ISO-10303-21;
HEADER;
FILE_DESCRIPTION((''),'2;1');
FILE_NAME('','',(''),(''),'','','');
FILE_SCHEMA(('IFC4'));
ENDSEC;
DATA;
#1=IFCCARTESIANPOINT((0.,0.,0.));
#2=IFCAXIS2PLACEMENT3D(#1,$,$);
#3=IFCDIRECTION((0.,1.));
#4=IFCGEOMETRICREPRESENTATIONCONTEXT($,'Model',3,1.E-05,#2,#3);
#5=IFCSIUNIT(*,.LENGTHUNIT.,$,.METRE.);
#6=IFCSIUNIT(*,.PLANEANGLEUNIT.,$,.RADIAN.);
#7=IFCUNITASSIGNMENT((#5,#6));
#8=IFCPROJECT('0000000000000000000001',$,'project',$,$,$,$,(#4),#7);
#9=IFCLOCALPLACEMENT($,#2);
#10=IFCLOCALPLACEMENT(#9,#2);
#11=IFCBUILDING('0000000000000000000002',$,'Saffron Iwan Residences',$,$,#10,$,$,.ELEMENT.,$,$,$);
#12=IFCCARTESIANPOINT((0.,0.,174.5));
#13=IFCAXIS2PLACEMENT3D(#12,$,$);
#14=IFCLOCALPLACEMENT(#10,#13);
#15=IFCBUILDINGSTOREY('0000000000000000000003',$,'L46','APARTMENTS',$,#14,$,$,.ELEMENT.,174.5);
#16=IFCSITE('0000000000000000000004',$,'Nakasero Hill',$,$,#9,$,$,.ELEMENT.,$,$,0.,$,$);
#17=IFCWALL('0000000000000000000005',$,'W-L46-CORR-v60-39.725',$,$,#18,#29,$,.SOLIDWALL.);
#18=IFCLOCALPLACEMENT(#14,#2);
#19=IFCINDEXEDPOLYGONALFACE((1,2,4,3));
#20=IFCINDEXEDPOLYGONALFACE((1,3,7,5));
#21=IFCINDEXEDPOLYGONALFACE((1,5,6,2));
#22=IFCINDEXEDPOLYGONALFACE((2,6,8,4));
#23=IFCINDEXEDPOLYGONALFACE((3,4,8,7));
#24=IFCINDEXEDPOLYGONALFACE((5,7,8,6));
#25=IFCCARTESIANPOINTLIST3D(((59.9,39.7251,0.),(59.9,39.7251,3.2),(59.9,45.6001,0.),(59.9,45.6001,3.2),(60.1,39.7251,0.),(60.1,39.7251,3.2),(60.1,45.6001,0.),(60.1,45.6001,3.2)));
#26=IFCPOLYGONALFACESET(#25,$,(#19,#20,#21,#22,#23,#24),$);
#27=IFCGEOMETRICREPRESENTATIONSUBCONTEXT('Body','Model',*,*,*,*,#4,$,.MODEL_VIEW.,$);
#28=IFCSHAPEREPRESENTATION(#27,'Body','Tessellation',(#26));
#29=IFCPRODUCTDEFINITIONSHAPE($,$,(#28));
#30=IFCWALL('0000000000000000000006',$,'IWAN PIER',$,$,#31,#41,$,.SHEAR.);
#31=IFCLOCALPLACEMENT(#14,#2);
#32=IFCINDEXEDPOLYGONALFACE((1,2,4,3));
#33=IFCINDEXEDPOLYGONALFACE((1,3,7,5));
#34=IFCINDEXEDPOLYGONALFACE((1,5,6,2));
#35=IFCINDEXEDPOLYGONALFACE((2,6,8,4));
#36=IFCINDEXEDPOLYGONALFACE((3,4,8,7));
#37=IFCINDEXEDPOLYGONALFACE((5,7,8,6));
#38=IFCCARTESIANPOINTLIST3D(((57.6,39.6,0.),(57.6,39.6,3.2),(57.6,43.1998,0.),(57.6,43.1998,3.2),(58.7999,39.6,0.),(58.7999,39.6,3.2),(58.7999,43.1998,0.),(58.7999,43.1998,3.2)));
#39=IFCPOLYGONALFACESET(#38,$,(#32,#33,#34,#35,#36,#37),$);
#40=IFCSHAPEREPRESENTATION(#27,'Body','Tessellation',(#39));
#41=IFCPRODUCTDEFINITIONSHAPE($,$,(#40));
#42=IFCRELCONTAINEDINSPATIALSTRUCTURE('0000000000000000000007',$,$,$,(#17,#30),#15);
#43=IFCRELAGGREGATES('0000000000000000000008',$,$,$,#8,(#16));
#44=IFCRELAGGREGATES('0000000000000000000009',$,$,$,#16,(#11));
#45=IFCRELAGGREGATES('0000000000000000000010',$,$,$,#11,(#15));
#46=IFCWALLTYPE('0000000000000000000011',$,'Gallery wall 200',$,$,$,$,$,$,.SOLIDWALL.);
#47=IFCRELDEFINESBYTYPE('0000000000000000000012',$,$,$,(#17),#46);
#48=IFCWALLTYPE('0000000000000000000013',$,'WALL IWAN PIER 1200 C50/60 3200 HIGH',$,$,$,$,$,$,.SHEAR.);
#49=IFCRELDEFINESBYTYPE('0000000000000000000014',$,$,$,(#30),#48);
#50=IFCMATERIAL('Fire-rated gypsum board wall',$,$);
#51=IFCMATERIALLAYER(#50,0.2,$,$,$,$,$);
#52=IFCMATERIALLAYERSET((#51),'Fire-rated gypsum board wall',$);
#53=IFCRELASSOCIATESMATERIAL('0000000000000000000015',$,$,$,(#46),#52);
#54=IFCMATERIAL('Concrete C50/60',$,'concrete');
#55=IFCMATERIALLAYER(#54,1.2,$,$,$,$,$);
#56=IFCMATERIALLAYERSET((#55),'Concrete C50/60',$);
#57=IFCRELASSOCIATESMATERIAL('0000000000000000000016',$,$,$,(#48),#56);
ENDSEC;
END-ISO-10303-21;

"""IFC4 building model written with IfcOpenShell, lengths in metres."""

from ifc_helpers import new_model, si_unit, direction, frame, frame_2d, origin, place, context, subcontext, project, spatial, rectangle, extrude, material, layer, layer_set, type_object, element, save


model = new_model("IFC4")

# Units and contexts
model_context = context("Model", 3, precision=1e-05, world=origin(), true_north=direction((0.0, 1.0)))
body_context = subcontext(model_context, "Body", "Model", "MODEL_VIEW")
ifc_project = project(units=[si_unit("LENGTHUNIT", "METRE"), si_unit("PLANEANGLEUNIT", "RADIAN")], contexts=[model_context])

# Site, building, storey
site_placement = place(None, origin())
site = spatial("IfcSite", under=ifc_project, at=site_placement, Name="Nakasero Hill", CompositionType="ELEMENT", RefElevation=0.0)
building_placement = place(site_placement, origin())
building = spatial("IfcBuilding", under=site, at=building_placement, Name="Saffron Iwan Residences", CompositionType="ELEMENT")
storey_placement = place(building_placement, frame((0.0, 0.0, 174.5)))
storey = spatial("IfcBuildingStorey", under=building, at=storey_placement, Name="L46", Description="APARTMENTS", CompositionType="ELEMENT", Elevation=174.5)

# Shared definitions
ifc_material_1 = material(Name="Concrete C50/60", Category="concrete")

# Walls
ifc_material_2 = material(Name="Fire-rated gypsum board wall")
ifc_layer_1 = layer(ifc_material_2, 0.2)
ifc_layer_set_1 = layer_set([ifc_layer_1], Name="Fire-rated gypsum board wall")
wall_type_1 = type_object("IfcWallType", Name="Gallery wall 200", PredefinedType="SOLIDWALL", material=ifc_layer_set_1)
wall_1_placement = place(storey_placement, frame((60.0, 39.7251, 0.0), z_axis=(0.0, 0.0, 1.0), x_axis=(0.0, 1.0, 0.0)))
element("IfcWall", 1, at=wall_1_placement, inside=storey, type_object=wall_type_1, Name="W-L46-CORR-v60-39.725", PredefinedType="SOLIDWALL", context=body_context, shape_type="SweptSolid", body=[
    extrude(rectangle(XDim=5.875, YDim=0.2, at=frame_2d((2.9375, 0.0))), origin(), (0.0, 0.0, 1.0), 3.2),
])
ifc_layer_2 = layer(ifc_material_1, 1.2)
ifc_layer_set_2 = layer_set([ifc_layer_2], Name="Concrete C50/60")
wall_type_2 = type_object("IfcWallType", Name="WALL IWAN PIER 1200 C50/60 3200 HIGH", PredefinedType="SHEAR", material=ifc_layer_set_2)
wall_2_placement = place(storey_placement, frame((58.2, 39.6001, 0.0), z_axis=(0.0, 0.0, 1.0), x_axis=(0.0, 1.0, 0.0)))
element("IfcWall", 2, at=wall_2_placement, inside=storey, type_object=wall_type_2, Name="IWAN PIER", PredefinedType="SHEAR", context=body_context, shape_type="SweptSolid", body=[
    extrude(rectangle(XDim=3.5999, YDim=1.2, at=frame_2d((1.7998, 0.0))), origin(), (0.0, 0.0, 1.0), 3.2),
])

save(model, "model.ifc")
